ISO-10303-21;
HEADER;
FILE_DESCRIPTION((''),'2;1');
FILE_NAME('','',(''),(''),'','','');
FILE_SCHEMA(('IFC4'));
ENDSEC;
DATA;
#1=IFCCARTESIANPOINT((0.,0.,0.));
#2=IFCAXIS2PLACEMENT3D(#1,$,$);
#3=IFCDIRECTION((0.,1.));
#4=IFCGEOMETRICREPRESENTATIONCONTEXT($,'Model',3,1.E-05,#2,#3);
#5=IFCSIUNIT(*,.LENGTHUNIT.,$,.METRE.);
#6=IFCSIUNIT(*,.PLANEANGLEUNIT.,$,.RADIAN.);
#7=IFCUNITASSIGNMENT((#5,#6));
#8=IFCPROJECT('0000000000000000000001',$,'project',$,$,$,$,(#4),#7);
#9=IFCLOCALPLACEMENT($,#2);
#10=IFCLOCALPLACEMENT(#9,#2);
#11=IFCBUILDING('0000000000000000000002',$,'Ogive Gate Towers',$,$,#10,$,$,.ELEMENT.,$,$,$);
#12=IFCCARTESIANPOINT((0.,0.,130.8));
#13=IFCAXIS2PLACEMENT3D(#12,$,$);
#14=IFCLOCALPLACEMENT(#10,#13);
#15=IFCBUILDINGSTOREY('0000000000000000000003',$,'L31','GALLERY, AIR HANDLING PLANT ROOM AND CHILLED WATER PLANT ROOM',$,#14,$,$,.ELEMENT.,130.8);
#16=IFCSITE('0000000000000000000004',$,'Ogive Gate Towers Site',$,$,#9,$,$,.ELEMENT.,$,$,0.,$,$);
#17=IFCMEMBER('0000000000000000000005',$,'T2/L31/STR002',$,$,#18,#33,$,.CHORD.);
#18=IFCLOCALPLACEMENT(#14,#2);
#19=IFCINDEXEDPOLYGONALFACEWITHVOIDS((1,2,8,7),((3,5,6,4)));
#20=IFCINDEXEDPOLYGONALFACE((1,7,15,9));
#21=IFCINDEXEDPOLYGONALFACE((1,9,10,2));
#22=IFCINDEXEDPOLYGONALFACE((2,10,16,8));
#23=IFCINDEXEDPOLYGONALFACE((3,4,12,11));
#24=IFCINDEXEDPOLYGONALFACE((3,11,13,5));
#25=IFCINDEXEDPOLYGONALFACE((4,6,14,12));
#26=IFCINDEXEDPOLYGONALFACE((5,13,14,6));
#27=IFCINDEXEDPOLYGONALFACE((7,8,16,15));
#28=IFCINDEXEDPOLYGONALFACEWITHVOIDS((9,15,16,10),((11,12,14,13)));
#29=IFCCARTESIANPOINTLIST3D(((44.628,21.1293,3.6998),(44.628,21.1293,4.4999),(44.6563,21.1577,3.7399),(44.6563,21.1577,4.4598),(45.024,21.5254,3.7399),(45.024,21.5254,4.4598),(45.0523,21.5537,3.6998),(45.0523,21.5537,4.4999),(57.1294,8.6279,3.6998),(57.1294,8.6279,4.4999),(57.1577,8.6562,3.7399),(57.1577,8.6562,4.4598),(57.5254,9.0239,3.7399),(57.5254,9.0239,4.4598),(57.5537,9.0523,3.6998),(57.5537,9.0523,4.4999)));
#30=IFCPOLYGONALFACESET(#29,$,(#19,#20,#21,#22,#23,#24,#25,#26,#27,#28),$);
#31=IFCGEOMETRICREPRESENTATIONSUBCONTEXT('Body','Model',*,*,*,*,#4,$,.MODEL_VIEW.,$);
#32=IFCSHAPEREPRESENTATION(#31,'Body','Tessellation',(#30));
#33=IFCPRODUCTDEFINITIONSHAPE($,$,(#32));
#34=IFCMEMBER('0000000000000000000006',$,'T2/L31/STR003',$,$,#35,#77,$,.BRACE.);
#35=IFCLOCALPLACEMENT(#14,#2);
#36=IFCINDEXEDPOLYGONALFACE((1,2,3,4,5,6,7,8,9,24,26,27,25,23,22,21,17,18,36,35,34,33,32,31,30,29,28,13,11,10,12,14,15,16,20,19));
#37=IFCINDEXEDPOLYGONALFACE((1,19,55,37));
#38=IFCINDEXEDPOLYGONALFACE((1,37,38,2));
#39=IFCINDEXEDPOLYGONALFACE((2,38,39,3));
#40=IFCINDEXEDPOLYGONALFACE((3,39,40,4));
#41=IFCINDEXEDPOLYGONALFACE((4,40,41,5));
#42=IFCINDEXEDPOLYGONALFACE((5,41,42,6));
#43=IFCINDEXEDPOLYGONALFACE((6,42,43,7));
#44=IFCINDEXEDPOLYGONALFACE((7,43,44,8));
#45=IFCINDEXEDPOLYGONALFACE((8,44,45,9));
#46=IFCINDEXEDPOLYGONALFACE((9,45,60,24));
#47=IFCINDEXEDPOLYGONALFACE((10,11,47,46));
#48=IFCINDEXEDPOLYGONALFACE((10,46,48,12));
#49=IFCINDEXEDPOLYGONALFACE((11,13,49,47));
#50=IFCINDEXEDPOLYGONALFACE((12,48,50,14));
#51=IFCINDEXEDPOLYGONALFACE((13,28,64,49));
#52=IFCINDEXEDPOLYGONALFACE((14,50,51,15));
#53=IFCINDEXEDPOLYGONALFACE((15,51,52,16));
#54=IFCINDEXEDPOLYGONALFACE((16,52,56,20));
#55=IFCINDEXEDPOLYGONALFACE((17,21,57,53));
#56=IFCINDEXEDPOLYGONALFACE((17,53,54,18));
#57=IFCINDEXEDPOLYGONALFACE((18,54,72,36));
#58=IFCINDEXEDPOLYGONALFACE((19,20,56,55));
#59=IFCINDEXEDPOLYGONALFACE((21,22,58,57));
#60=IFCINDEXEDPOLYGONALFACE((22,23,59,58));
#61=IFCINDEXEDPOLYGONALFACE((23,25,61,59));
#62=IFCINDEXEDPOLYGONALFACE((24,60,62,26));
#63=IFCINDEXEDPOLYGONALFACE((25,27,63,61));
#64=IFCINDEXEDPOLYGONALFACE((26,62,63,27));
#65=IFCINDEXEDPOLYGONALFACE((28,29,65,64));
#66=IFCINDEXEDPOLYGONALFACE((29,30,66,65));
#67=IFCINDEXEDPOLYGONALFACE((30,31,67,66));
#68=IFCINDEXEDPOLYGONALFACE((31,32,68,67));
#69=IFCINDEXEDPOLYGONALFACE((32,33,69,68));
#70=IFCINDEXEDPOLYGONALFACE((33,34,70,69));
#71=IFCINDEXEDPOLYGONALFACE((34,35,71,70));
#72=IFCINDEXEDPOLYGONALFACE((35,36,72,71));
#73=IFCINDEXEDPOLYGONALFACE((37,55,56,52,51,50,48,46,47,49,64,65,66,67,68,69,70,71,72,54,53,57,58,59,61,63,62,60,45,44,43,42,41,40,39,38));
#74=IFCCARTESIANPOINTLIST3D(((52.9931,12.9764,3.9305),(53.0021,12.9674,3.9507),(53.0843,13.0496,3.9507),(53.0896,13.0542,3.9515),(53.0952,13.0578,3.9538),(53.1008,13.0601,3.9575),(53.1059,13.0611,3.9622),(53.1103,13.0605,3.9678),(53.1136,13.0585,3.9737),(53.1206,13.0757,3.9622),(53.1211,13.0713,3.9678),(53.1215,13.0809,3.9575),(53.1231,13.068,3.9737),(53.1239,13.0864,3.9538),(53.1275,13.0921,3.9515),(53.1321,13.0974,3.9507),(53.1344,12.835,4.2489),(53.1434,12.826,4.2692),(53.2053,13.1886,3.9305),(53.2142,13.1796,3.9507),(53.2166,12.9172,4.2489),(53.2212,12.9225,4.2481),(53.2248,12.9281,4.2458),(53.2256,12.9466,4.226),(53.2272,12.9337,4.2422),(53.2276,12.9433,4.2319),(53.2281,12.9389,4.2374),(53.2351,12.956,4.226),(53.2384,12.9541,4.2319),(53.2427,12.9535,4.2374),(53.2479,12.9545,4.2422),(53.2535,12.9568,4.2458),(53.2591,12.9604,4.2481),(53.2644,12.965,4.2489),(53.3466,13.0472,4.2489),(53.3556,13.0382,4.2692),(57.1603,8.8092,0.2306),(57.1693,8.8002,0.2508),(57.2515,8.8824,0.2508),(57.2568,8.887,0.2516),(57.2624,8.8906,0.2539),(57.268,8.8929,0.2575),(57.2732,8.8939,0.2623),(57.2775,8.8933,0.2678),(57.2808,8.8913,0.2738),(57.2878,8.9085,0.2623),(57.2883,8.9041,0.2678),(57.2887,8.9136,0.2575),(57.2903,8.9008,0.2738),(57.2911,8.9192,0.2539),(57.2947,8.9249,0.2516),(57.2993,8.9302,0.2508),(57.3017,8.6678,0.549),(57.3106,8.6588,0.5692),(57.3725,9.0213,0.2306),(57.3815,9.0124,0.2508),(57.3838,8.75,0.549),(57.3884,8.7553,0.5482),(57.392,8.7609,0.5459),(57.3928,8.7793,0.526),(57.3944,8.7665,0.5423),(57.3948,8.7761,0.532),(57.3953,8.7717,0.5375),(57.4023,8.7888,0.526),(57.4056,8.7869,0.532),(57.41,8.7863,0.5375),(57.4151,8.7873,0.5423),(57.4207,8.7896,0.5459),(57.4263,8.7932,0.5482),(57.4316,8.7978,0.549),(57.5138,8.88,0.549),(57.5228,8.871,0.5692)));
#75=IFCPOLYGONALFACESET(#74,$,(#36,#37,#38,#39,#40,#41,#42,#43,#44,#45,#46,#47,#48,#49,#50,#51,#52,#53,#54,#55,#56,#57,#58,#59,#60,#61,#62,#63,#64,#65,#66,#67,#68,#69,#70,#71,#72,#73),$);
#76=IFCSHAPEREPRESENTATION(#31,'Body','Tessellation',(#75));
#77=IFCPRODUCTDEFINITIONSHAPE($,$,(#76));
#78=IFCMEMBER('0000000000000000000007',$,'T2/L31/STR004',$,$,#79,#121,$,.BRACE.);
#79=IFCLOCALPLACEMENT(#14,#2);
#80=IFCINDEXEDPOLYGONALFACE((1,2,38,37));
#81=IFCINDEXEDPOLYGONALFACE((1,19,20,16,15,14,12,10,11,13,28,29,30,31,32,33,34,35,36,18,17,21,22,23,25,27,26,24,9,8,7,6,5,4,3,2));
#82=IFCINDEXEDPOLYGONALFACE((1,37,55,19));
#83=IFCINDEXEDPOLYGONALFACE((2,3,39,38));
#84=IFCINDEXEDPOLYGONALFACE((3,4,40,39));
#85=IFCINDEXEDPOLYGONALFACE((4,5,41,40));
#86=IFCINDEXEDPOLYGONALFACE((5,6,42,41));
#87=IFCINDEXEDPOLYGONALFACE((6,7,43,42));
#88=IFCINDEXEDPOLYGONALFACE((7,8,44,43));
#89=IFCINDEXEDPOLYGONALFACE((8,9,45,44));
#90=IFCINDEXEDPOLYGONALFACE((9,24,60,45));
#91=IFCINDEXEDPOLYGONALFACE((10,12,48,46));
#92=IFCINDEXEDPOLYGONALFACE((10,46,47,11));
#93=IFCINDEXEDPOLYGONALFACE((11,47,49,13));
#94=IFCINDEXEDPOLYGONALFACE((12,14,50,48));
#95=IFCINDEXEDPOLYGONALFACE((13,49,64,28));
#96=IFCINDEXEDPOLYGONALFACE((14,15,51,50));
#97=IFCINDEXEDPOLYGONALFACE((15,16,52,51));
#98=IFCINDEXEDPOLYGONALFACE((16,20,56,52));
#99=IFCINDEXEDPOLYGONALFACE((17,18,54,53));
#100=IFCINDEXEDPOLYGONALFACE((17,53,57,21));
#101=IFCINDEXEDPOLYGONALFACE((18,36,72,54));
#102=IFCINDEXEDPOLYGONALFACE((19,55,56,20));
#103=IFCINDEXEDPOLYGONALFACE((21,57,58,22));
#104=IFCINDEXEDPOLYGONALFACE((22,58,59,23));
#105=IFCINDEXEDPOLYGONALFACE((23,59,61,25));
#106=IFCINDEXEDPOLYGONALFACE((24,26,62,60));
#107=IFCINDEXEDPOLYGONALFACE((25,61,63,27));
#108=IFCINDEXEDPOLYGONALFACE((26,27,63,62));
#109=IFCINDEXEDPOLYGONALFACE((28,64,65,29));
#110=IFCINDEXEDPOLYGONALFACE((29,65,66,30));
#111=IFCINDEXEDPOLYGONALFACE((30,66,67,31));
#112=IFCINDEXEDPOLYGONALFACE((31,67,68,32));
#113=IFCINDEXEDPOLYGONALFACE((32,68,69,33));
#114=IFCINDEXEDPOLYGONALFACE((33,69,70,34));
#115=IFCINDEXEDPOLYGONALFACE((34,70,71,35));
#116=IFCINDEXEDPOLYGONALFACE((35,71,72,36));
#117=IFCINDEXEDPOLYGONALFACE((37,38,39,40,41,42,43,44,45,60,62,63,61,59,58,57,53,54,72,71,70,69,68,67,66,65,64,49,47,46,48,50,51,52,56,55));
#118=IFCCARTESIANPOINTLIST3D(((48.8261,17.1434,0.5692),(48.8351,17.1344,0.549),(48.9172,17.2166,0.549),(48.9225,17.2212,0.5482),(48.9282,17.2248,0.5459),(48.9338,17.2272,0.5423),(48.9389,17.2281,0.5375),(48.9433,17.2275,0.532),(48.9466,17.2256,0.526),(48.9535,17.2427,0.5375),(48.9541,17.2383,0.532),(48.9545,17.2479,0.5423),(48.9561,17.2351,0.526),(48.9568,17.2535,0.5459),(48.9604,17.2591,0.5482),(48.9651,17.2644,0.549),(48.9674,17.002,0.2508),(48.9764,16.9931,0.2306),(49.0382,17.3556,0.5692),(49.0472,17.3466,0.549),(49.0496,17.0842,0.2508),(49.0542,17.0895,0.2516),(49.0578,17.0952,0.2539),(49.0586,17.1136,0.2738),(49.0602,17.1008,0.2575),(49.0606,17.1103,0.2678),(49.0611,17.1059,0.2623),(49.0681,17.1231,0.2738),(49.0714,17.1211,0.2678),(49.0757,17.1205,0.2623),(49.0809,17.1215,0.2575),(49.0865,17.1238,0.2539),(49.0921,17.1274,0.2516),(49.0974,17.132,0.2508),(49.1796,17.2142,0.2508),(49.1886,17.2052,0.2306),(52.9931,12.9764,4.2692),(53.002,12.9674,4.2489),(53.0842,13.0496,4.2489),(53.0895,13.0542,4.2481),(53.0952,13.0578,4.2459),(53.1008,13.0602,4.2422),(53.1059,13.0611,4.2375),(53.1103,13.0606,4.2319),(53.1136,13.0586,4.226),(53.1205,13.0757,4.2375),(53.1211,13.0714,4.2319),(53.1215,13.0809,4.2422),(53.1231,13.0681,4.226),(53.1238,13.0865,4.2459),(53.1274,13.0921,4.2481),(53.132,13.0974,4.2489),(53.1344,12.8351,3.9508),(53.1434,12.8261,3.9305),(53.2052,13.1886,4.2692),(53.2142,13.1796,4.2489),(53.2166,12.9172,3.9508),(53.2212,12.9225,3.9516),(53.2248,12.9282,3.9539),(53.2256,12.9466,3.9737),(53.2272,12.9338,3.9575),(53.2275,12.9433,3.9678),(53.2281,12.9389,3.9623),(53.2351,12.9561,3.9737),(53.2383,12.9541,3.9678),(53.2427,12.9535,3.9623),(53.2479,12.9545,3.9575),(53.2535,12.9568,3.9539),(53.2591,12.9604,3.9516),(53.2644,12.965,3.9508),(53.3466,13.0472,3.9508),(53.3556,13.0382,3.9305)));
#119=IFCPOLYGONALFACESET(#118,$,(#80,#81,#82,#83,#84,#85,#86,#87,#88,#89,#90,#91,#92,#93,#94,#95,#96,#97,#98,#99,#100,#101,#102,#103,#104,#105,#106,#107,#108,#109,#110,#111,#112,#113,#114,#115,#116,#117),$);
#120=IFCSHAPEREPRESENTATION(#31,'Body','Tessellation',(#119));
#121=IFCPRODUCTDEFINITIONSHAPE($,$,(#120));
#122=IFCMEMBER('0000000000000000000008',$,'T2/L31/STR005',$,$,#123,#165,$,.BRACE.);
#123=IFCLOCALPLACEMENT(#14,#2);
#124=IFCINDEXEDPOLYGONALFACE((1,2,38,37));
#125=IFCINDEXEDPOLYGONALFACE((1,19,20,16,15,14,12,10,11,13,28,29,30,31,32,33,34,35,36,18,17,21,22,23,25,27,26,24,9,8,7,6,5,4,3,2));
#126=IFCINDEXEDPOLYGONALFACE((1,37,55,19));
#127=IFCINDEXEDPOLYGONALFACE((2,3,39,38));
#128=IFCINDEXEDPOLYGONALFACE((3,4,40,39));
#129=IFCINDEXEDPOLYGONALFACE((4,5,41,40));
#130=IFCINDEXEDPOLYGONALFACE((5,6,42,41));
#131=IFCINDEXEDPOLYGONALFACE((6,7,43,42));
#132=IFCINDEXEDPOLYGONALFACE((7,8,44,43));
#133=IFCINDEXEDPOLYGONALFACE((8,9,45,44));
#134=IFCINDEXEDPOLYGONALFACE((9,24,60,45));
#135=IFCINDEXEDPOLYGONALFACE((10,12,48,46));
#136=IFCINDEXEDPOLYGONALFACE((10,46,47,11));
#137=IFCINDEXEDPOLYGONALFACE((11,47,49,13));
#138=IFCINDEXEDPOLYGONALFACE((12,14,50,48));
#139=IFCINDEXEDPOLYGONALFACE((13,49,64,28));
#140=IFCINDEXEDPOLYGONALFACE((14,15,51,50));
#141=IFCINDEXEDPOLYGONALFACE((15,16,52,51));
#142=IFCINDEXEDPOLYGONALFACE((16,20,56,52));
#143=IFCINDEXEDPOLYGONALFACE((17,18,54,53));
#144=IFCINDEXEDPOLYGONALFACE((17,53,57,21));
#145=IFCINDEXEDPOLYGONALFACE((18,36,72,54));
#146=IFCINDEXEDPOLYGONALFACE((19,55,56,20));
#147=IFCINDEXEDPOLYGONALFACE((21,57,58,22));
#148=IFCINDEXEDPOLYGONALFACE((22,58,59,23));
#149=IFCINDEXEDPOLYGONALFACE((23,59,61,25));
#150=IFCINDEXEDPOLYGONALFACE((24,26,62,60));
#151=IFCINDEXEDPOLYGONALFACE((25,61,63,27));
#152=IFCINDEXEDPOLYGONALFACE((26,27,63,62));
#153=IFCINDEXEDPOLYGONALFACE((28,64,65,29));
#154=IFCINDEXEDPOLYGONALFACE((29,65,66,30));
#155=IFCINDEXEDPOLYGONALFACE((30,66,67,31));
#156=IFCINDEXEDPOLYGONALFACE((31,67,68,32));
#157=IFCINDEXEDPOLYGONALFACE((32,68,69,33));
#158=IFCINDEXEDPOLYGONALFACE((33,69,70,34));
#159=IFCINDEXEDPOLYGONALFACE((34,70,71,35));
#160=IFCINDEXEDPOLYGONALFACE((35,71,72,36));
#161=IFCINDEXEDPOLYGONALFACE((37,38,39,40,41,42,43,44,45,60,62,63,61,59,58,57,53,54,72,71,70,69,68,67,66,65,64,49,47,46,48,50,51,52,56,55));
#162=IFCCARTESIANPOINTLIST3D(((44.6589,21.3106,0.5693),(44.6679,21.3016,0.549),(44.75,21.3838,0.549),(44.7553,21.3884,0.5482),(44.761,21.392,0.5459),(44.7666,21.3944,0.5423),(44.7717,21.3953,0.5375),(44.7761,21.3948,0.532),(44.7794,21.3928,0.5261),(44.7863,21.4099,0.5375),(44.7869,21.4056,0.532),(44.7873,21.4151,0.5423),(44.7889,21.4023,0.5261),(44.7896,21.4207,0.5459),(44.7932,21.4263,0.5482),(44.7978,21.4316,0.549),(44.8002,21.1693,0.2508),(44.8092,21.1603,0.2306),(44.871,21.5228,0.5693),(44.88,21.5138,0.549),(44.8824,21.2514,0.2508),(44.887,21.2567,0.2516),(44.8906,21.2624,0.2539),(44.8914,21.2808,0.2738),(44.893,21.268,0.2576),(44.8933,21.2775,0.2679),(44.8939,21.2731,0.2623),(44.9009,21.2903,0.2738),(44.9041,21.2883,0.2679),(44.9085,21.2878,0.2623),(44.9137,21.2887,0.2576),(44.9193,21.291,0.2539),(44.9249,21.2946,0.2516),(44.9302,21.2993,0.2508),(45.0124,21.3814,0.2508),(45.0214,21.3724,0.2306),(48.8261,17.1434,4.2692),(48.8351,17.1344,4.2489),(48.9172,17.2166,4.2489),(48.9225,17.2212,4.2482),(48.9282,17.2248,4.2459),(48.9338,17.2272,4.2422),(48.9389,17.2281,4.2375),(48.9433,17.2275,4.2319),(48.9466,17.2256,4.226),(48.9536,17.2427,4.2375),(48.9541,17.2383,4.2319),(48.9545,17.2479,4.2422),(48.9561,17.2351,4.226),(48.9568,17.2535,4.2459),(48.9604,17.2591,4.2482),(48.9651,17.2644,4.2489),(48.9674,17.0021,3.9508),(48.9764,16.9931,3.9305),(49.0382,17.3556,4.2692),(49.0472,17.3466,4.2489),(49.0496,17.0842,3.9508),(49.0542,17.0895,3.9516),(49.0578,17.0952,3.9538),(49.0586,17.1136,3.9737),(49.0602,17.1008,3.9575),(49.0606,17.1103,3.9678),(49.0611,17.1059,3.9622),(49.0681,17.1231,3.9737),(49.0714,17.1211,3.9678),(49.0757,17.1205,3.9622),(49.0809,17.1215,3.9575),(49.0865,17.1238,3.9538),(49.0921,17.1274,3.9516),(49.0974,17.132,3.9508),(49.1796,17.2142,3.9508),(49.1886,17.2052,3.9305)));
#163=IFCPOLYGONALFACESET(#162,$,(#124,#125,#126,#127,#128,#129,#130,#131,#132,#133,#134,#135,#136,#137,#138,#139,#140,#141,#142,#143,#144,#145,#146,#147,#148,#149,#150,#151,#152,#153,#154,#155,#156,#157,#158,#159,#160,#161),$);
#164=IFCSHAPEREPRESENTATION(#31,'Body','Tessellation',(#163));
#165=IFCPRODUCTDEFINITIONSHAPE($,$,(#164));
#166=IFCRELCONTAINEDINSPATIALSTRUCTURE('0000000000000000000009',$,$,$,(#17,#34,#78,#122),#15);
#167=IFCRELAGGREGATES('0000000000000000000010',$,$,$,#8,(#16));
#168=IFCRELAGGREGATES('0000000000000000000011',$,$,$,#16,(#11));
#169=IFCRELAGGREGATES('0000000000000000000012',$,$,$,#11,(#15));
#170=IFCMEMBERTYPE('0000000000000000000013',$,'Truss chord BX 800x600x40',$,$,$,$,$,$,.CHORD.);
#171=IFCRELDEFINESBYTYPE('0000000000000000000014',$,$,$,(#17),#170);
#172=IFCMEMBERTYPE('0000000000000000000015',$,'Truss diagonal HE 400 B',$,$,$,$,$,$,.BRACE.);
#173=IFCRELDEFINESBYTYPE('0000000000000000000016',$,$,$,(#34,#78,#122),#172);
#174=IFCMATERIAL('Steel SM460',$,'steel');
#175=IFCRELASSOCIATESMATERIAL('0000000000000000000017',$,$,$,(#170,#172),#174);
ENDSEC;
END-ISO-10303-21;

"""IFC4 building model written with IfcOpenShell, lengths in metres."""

from ifc_helpers import new_model, si_unit, direction, frame, origin, origin_2d, place, context, subcontext, project, spatial, hollow_rectangle, i_section, extrude, material, material_profile, profile_set, type_object, element, save


model = new_model("IFC4")

# Units and contexts
model_context = context("Model", 3, precision=1e-05, world=origin(), true_north=direction((0.0, 1.0)))
body_context = subcontext(model_context, "Body", "Model", "MODEL_VIEW")
ifc_project = project(units=[si_unit("LENGTHUNIT", "METRE"), si_unit("PLANEANGLEUNIT", "RADIAN")], contexts=[model_context])

# Site, building, storey
site_placement = place(None, origin())
site = spatial("IfcSite", under=ifc_project, at=site_placement, Name="Ogive Gate Towers Site", CompositionType="ELEMENT", RefElevation=0.0)
building_placement = place(site_placement, origin())
building = spatial("IfcBuilding", under=site, at=building_placement, Name="Ogive Gate Towers", CompositionType="ELEMENT")
storey_placement = place(building_placement, frame((0.0, 0.0, 130.8)))
storey = spatial("IfcBuildingStorey", under=building, at=storey_placement, Name="L31", Description="GALLERY, AIR HANDLING PLANT ROOM AND CHILLED WATER PLANT ROOM", CompositionType="ELEMENT", Elevation=130.8)

# Shared definitions
ifc_material_1 = material(Name="Steel SM460", Category="steel")

# Members
ifc_material_profile_1 = material_profile(ifc_material_1, hollow_rectangle(XDim=0.6001, YDim=0.8, WallThickness=0.04, at=origin_2d()), Name="BX 800x600x40")
ifc_profile_set_1 = profile_set([ifc_material_profile_1], Name="Steel SM460")
member_type_1 = type_object("IfcMemberType", Name="Truss chord BX 800x600x40", PredefinedType="CHORD", material=ifc_profile_set_1)
for number, where, z_axis, x_axis, name in (
    (1, (57.3416, 8.8401, 4.0999), (-0.707107, 0.707107, 0.0), (-0.707107, -0.707107, 0.0), "T2/L31/STR002"),
):
    element("IfcMember", number, at=place(storey_placement, frame(where, z_axis=z_axis, x_axis=x_axis)), inside=storey, type_object=member_type_1, Name=name, PredefinedType="CHORD", context=body_context, shape_type="SweptSolid", body=[
        extrude(hollow_rectangle(XDim=0.6001, YDim=0.8, WallThickness=0.04, at=origin_2d()), origin(), (0.0, 0.0, 1.0), 17.6797),
    ])
ifc_material_profile_2 = material_profile(ifc_material_1, i_section(OverallWidth=0.3, OverallDepth=0.3999, WebThickness=0.0134, FlangeThickness=0.0239, FilletRadius=0.0271, at=origin_2d()), Name="HE 400 B")
ifc_profile_set_2 = profile_set([ifc_material_profile_2], Name="Steel SM460")
member_type_2 = type_object("IfcMemberType", Name="Truss diagonal HE 400 B", PredefinedType="BRACE", material=ifc_profile_set_2)
member_1_placement = place(storey_placement, frame((57.3416, 8.8401, 0.3999), z_axis=(-0.598866, 0.598866, 0.531713), x_axis=(-0.707107, -0.707107, 0.0)))
element("IfcMember", 2, at=member_1_placement, inside=storey, type_object=member_type_2, Name="T2/L31/STR003", PredefinedType="BRACE", context=body_context, shape_type="SweptSolid", body=[
    extrude(i_section(OverallWidth=0.3, OverallDepth=0.3999, WebThickness=0.0134, FlangeThickness=0.0239, FilletRadius=0.0271, at=origin_2d()), origin(), (0.0, 0.0, 1.0), 6.9585),
])
member_2_placement = place(storey_placement, frame((53.1743, 13.0073, 4.0999), z_axis=(-0.598856, 0.598856, -0.531736), x_axis=(-0.707107, -0.707107, 0.0)))
element("IfcMember", 3, at=member_2_placement, inside=storey, type_object=member_type_2, Name="T2/L31/STR004", PredefinedType="BRACE", context=body_context, shape_type="SweptSolid", body=[
    extrude(i_section(OverallWidth=0.3, OverallDepth=0.3999, WebThickness=0.0134, FlangeThickness=0.0239, FilletRadius=0.0271, at=origin_2d()), origin(), (0.0, 0.0, 1.0), 6.9583),
])
for number, where, z_axis, x_axis, name in (
    (4, (49.0073, 17.1743, 4.0999), (-0.598866, 0.598866, -0.531713), (-0.707107, -0.707107, 0.0), "T2/L31/STR005"),
):
    element("IfcMember", number, at=place(storey_placement, frame(where, z_axis=z_axis, x_axis=x_axis)), inside=storey, type_object=member_type_2, Name=name, PredefinedType="BRACE", context=body_context, shape_type="SweptSolid", body=[
        extrude(i_section(OverallWidth=0.3, OverallDepth=0.3999, WebThickness=0.0134, FlangeThickness=0.0239, FilletRadius=0.0271, at=origin_2d()), origin(), (0.0, 0.0, 1.0), 6.9585),
    ])

save(model, "model.ifc")
